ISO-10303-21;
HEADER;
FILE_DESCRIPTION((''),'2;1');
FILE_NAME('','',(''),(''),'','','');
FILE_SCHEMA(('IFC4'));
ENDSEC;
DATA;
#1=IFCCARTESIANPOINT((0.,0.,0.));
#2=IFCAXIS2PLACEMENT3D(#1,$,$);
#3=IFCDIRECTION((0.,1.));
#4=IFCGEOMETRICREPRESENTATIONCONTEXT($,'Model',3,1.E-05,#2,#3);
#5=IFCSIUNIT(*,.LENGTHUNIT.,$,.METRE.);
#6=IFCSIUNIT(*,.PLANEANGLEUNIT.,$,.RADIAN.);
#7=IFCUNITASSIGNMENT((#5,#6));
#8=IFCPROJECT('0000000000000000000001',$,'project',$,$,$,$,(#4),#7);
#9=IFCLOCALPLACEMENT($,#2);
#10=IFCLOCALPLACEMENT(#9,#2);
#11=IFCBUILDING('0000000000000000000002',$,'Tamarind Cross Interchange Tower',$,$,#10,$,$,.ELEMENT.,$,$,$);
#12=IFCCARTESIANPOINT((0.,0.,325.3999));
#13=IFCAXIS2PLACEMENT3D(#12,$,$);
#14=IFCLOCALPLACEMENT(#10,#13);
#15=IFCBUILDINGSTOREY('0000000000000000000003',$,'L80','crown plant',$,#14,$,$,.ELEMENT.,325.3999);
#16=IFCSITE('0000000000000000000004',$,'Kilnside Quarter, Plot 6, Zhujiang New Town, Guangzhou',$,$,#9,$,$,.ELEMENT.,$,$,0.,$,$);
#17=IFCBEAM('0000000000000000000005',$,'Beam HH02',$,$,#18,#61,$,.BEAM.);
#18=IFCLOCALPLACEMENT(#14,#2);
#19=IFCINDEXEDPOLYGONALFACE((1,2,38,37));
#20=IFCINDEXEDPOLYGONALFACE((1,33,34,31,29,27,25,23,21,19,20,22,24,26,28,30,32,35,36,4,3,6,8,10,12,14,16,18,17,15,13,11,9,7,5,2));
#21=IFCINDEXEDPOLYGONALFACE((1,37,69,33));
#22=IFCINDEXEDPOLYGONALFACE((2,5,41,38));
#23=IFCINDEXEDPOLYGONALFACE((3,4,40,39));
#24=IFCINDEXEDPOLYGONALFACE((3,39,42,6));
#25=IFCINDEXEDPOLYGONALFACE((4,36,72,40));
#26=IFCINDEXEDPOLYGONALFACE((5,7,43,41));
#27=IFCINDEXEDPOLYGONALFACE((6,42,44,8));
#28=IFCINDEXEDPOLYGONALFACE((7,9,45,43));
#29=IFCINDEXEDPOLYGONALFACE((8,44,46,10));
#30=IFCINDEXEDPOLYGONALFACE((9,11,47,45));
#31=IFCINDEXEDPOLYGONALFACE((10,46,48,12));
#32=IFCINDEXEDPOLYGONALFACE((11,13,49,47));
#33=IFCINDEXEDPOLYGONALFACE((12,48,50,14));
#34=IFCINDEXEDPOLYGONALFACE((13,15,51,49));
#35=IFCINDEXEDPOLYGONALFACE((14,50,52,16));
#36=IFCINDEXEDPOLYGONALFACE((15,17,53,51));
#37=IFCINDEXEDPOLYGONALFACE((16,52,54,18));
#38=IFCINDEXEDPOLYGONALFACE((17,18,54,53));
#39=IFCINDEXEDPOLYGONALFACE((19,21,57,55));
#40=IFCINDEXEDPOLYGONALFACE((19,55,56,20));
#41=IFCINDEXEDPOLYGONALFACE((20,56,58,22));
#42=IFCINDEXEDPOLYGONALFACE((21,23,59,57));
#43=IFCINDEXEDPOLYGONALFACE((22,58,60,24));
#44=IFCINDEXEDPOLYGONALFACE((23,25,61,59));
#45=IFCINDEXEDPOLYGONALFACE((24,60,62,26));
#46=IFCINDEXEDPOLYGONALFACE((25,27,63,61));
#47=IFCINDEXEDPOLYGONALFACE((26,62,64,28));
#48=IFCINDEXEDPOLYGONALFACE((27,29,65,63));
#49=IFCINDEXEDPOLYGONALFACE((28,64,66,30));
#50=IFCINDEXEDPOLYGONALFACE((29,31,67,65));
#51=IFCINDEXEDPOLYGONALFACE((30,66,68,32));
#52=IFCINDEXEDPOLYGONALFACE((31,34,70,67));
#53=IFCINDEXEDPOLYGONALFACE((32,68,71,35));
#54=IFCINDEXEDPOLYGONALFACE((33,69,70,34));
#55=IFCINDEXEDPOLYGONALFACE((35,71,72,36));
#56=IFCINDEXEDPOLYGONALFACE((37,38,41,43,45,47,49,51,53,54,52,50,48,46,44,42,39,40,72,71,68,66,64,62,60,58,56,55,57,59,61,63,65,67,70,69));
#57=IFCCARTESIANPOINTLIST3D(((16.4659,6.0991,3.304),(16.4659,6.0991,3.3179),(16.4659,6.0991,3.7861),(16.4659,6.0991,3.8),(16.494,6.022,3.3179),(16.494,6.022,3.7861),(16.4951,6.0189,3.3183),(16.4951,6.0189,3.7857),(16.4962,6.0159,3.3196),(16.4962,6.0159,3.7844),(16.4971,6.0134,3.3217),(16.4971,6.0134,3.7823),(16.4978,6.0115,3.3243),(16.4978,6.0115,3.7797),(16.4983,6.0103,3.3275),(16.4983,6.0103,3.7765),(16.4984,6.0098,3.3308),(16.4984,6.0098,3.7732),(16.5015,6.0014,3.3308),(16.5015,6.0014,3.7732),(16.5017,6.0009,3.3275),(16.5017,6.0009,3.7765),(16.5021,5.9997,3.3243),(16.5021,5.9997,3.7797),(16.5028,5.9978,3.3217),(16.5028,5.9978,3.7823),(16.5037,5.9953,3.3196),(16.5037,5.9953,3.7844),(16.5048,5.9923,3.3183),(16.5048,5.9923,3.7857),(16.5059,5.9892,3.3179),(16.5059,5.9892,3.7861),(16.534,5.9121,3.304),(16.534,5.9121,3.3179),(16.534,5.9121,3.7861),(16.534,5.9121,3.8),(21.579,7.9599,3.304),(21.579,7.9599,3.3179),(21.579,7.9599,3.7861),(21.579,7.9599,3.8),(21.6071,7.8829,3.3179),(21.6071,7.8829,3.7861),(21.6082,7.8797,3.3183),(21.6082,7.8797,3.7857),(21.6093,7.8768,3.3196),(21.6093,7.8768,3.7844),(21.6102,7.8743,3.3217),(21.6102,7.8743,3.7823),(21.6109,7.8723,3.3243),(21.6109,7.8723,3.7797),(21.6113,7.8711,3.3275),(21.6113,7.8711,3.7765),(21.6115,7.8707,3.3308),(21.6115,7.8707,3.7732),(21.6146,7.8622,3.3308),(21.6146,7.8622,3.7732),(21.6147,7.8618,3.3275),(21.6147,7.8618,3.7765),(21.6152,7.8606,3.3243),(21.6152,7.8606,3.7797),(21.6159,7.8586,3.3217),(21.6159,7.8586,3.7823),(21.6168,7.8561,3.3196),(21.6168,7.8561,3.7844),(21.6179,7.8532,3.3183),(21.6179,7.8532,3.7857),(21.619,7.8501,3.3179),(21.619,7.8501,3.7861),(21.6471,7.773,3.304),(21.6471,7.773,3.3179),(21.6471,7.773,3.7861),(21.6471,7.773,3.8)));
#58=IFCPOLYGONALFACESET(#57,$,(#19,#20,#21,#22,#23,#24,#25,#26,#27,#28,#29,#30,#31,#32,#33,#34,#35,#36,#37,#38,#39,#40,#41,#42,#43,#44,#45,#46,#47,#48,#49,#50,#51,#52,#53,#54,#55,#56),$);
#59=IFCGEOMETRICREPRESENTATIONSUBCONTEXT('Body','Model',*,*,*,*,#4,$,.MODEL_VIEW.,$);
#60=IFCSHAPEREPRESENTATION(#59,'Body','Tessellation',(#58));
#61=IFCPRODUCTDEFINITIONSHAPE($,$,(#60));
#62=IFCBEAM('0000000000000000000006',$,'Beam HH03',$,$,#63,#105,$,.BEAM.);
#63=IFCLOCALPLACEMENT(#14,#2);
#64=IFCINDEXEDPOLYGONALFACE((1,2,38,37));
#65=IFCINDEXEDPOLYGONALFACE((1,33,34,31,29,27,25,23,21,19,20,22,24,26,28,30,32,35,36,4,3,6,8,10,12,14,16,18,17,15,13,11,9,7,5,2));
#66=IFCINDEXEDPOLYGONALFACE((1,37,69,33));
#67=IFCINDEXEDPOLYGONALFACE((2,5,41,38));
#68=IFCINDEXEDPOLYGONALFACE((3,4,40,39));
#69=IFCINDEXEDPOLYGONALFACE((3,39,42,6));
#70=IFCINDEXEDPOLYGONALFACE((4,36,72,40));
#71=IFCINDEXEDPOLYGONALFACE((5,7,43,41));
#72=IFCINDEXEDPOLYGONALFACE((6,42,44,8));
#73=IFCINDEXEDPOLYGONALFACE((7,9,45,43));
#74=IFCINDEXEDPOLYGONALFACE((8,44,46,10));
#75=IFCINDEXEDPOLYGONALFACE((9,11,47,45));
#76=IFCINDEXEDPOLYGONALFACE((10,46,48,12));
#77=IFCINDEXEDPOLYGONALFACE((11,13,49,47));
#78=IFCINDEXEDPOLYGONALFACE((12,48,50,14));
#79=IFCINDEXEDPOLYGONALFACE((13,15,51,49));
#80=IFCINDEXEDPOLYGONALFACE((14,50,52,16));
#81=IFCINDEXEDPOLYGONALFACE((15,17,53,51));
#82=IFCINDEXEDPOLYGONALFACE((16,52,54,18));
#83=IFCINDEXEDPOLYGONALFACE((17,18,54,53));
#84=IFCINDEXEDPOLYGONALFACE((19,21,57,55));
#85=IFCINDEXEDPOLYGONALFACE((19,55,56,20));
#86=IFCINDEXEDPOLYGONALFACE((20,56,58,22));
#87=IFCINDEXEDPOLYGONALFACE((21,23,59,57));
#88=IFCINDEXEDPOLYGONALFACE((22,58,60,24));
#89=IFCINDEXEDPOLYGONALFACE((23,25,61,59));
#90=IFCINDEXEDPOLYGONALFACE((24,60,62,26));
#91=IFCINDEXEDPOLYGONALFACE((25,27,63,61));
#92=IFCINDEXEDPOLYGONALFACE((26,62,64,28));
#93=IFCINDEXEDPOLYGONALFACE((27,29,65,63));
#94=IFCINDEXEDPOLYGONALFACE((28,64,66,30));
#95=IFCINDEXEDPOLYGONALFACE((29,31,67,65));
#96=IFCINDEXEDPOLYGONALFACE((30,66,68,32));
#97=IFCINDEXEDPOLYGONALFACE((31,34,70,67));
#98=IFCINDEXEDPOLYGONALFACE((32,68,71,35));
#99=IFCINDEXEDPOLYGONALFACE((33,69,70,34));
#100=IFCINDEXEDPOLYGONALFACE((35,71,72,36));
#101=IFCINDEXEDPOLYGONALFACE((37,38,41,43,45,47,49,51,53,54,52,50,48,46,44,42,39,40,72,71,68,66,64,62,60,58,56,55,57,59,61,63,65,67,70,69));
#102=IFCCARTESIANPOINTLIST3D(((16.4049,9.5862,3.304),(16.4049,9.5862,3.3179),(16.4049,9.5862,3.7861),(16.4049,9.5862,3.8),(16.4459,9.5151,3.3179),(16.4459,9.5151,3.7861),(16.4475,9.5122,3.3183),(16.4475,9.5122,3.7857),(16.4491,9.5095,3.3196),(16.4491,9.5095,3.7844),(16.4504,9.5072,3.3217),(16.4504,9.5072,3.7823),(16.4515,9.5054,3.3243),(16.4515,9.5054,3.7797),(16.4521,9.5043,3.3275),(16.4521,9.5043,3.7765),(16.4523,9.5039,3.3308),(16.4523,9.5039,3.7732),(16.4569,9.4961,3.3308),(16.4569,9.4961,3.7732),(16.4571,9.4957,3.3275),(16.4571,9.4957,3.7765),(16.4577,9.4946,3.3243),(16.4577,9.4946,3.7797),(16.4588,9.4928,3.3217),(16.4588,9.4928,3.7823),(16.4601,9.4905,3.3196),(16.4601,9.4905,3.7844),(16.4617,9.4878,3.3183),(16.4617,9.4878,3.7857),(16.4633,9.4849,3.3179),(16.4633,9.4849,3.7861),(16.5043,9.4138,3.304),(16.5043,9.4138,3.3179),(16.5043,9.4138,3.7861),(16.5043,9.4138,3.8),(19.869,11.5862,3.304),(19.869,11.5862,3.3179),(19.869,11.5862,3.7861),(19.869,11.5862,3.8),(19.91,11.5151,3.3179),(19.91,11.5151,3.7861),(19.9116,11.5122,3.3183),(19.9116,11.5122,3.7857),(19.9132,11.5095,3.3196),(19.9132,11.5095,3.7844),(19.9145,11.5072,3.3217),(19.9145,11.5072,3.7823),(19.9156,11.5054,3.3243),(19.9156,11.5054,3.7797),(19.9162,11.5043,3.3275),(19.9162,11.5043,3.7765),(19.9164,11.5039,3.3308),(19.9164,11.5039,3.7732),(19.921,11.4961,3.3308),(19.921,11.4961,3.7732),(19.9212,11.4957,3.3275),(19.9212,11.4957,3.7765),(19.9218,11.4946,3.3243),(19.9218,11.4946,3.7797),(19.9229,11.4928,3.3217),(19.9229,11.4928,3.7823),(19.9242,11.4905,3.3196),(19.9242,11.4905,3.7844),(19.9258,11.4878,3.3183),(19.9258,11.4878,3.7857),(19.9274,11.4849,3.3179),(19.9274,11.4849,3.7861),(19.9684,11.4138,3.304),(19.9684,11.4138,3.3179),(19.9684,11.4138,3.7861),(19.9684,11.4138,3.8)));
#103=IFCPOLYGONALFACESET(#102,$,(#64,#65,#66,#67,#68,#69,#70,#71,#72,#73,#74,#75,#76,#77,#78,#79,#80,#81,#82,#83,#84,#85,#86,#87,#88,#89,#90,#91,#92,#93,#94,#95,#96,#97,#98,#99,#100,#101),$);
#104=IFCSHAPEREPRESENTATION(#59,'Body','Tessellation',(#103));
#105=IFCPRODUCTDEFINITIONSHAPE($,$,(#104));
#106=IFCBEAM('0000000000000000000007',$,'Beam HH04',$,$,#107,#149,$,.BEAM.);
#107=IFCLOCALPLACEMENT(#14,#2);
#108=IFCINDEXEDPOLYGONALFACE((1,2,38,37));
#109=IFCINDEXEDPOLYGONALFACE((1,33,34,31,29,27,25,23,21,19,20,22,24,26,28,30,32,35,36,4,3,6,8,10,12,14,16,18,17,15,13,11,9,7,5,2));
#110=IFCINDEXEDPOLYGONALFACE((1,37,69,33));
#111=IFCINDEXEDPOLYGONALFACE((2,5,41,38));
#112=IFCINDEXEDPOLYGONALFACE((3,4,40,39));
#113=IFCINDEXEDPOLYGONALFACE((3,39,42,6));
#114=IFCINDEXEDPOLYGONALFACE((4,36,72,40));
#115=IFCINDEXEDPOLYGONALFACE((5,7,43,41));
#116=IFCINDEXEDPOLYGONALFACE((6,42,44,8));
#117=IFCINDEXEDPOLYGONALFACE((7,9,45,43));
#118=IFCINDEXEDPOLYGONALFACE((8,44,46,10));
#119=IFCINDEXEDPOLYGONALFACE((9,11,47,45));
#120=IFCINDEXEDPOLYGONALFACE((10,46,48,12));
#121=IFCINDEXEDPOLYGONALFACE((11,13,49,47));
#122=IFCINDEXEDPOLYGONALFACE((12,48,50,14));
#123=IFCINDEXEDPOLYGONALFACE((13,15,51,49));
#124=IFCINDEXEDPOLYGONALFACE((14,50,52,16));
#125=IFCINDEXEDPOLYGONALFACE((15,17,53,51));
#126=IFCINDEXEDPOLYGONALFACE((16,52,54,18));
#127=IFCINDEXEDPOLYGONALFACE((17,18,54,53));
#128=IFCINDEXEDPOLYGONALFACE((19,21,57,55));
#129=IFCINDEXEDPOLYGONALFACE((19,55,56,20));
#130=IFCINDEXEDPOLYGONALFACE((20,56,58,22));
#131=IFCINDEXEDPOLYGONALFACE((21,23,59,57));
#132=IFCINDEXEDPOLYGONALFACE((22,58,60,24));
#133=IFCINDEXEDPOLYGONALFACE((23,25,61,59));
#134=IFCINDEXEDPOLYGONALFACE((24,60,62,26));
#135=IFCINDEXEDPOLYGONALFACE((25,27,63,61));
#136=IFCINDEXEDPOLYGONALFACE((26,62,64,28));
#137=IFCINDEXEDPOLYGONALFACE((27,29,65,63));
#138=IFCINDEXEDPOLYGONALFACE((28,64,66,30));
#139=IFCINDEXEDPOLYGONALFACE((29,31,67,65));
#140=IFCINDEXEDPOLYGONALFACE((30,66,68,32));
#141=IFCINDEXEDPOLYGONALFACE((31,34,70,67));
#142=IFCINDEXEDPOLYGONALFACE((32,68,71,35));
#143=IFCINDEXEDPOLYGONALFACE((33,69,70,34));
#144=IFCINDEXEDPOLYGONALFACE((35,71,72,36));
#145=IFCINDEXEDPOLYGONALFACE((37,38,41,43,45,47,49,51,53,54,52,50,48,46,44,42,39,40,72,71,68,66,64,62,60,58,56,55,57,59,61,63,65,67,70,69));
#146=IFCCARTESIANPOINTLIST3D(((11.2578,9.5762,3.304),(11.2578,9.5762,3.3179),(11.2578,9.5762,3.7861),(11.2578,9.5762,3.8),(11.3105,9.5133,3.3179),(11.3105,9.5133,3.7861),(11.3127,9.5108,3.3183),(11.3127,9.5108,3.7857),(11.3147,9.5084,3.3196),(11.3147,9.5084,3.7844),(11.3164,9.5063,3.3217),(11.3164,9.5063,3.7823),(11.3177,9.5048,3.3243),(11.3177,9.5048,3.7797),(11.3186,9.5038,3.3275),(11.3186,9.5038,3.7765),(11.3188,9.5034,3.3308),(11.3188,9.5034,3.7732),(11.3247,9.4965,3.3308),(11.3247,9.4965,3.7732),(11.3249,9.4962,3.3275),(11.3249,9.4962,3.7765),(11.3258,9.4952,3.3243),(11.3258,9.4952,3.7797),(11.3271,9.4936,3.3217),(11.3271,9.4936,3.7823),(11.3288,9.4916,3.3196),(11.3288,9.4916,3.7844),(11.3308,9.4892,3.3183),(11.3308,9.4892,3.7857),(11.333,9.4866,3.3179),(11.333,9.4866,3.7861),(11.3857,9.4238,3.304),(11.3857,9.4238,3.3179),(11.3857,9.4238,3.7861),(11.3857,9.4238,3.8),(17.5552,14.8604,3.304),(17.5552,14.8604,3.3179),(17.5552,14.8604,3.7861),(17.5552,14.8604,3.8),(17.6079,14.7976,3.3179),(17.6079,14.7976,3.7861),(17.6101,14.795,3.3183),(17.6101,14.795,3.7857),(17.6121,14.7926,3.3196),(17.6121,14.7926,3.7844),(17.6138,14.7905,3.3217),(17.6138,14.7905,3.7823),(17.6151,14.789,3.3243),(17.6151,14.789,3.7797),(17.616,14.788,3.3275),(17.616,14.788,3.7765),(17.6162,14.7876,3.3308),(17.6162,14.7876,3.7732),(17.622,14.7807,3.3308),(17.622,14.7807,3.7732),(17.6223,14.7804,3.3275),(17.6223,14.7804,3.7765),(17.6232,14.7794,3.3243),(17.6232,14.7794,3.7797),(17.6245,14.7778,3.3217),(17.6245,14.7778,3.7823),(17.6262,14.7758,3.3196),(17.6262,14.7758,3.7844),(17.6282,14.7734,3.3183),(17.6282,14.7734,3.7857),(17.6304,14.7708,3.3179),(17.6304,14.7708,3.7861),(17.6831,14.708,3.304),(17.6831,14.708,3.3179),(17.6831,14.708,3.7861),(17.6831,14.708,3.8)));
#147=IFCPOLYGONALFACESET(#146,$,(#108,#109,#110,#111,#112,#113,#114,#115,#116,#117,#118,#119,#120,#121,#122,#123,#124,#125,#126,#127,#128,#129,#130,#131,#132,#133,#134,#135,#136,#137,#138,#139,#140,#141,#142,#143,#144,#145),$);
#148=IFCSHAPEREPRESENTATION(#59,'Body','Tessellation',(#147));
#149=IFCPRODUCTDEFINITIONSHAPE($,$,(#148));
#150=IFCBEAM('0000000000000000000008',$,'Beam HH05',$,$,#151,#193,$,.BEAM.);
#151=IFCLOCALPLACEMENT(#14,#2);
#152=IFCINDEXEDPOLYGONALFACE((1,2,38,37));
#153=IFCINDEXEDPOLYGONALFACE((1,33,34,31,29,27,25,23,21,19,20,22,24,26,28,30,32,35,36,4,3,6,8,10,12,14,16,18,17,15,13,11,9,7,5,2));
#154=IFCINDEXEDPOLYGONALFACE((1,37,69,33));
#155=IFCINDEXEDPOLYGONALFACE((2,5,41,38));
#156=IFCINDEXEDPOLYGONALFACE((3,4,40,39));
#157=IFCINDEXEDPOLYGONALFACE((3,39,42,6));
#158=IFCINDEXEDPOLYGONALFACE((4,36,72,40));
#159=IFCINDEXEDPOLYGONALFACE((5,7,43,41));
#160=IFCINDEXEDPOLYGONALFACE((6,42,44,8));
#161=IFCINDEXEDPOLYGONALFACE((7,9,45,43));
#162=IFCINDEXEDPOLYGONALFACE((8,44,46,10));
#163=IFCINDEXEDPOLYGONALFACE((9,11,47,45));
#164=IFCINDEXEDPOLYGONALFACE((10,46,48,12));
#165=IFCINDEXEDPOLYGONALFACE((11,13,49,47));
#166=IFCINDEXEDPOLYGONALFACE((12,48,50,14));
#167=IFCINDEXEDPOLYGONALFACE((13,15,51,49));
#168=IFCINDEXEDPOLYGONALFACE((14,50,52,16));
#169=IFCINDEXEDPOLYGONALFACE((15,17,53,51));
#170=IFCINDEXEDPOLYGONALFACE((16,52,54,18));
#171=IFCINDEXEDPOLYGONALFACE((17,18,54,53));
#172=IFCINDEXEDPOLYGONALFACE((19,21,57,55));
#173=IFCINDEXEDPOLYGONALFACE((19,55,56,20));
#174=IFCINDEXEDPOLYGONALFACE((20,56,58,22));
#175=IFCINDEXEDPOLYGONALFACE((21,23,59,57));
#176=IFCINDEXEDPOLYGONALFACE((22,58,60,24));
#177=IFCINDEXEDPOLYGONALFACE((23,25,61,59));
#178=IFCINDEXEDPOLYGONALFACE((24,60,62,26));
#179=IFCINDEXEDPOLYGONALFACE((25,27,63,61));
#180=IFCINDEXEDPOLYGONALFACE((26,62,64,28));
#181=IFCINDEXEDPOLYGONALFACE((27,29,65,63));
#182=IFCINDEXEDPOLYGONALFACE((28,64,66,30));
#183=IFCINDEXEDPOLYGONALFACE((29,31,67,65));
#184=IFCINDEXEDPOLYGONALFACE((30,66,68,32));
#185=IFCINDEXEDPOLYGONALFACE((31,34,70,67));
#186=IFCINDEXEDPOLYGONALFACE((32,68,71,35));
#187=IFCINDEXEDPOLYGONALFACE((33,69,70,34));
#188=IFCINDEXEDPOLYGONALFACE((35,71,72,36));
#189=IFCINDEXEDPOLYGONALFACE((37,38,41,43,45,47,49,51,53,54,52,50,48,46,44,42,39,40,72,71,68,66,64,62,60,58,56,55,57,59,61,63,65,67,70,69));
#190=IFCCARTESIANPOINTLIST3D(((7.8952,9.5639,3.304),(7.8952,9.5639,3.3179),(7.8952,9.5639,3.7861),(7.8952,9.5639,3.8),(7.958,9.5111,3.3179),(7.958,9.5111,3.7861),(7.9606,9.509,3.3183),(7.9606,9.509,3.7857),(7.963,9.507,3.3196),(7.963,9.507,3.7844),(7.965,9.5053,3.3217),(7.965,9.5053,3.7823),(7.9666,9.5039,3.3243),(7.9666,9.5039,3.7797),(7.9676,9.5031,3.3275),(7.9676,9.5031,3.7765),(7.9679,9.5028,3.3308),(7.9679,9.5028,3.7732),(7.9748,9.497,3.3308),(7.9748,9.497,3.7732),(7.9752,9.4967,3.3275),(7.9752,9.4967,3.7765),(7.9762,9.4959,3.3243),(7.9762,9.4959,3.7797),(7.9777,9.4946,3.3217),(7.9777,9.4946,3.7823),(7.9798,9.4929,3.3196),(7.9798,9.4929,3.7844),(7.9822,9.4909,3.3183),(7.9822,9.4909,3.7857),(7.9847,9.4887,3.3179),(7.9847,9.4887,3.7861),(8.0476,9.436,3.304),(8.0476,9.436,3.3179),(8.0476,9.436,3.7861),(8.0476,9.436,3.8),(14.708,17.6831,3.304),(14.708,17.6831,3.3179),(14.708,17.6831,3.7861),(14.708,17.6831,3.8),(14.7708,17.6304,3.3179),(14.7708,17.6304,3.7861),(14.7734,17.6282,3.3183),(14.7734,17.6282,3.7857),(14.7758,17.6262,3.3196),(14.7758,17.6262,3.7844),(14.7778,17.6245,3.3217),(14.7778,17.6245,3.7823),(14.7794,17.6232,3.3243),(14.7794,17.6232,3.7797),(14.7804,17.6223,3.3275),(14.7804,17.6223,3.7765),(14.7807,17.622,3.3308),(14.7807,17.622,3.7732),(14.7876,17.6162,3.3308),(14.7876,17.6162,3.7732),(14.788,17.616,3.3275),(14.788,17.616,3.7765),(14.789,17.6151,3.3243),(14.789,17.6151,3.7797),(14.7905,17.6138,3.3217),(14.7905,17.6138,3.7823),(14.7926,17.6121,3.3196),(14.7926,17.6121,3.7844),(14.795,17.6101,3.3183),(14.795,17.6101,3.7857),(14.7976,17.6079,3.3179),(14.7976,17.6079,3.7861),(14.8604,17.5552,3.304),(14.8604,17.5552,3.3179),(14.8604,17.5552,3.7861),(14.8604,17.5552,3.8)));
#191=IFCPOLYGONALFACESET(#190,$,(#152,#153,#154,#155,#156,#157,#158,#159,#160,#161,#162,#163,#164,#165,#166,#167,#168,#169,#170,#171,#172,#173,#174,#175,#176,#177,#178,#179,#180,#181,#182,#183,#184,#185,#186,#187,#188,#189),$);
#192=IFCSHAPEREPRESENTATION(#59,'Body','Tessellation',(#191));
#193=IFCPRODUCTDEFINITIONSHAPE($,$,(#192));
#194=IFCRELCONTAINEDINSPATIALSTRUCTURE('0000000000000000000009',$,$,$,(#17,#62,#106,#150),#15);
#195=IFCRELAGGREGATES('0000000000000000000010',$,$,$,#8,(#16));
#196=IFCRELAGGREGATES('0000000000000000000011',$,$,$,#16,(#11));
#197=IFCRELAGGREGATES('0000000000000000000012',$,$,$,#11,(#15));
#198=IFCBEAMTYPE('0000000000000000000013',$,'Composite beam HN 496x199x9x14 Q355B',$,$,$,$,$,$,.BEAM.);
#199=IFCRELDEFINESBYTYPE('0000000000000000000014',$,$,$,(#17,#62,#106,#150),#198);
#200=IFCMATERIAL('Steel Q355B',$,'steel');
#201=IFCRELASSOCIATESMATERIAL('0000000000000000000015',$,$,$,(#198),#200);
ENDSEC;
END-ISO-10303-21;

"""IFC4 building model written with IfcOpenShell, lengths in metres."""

from ifc_helpers import new_model, si_unit, direction, frame, origin, origin_2d, place, context, subcontext, project, spatial, i_section, extrude, material, material_profile, profile_set, type_object, element, save


model = new_model("IFC4")

# Units and contexts
model_context = context("Model", 3, precision=1e-05, world=origin(), true_north=direction((0.0, 1.0)))
body_context = subcontext(model_context, "Body", "Model", "MODEL_VIEW")
ifc_project = project(units=[si_unit("LENGTHUNIT", "METRE"), si_unit("PLANEANGLEUNIT", "RADIAN")], contexts=[model_context])

# Site, building, storey
site_placement = place(None, origin())
site = spatial("IfcSite", under=ifc_project, at=site_placement, Name="Kilnside Quarter, Plot 6, Zhujiang New Town, Guangzhou", CompositionType="ELEMENT", RefElevation=0.0)
building_placement = place(site_placement, origin())
building = spatial("IfcBuilding", under=site, at=building_placement, Name="Tamarind Cross Interchange Tower", CompositionType="ELEMENT")
storey_placement = place(building_placement, frame((0.0, 0.0, 325.3999)))
storey = spatial("IfcBuildingStorey", under=building, at=storey_placement, Name="L80", Description="crown plant", CompositionType="ELEMENT", Elevation=325.3999)

# Beams
ifc_material_1 = material(Name="Steel Q355B", Category="steel")
ifc_material_profile_1 = material_profile(ifc_material_1, i_section(OverallWidth=0.199, OverallDepth=0.4961, WebThickness=0.009, FlangeThickness=0.0139, FilletRadius=0.0129, at=origin_2d()), Name="HN 496x199x9x14")
ifc_profile_set_1 = profile_set([ifc_material_profile_1], Name="Steel Q355B")
beam_type_1 = type_object("IfcBeamType", Name="Composite beam HN 496x199x9x14 Q355B", PredefinedType="BEAM", material=ifc_profile_set_1)
beam_1_placement = place(storey_placement, frame((21.613, 7.8665, 3.552), z_axis=(-0.939702, -0.341995, 0.0), x_axis=(0.341995, -0.939702, 0.0)))
element("IfcBeam", 1, at=beam_1_placement, inside=storey, type_object=beam_type_1, Name="Beam HH02", PredefinedType="BEAM", context=body_context, shape_type="SweptSolid", body=[
    extrude(i_section(OverallWidth=0.199, OverallDepth=0.4961, WebThickness=0.009, FlangeThickness=0.0139, FilletRadius=0.0129, at=origin_2d()), origin(), (0.0, 0.0, 1.0), 5.4412),
])
beam_2_placement = place(storey_placement, frame((19.9187, 11.5, 3.552), z_axis=(-0.866026, -0.499999, 0.0), x_axis=(0.499999, -0.866026, 0.0)))
element("IfcBeam", 2, at=beam_2_placement, inside=storey, type_object=beam_type_1, Name="Beam HH03", PredefinedType="BEAM", context=body_context, shape_type="SweptSolid", body=[
    extrude(i_section(OverallWidth=0.199, OverallDepth=0.4961, WebThickness=0.009, FlangeThickness=0.0139, FilletRadius=0.0129, at=origin_2d()), origin(), (0.0, 0.0, 1.0), 4.0),
])
beam_3_placement = place(storey_placement, frame((17.6191, 14.7842, 3.552), z_axis=(-0.766041, -0.642792, 0.0), x_axis=(0.642792, -0.766041, 0.0)))
element("IfcBeam", 3, at=beam_3_placement, inside=storey, type_object=beam_type_1, Name="Beam HH04", PredefinedType="BEAM", context=body_context, shape_type="SweptSolid", body=[
    extrude(i_section(OverallWidth=0.199, OverallDepth=0.4961, WebThickness=0.009, FlangeThickness=0.0139, FilletRadius=0.0129, at=origin_2d()), origin(), (0.0, 0.0, 1.0), 8.2207),
])
beam_4_placement = place(storey_placement, frame((14.7842, 17.6191, 3.552), z_axis=(-0.642786, -0.766046, 0.0), x_axis=(0.766046, -0.642786, 0.0)))
element("IfcBeam", 4, at=beam_4_placement, inside=storey, type_object=beam_type_1, Name="Beam HH05", PredefinedType="BEAM", context=body_context, shape_type="SweptSolid", body=[
    extrude(i_section(OverallWidth=0.199, OverallDepth=0.4961, WebThickness=0.009, FlangeThickness=0.0139, FilletRadius=0.0129, at=origin_2d()), origin(), (0.0, 0.0, 1.0), 10.5989),
])

save(model, "model.ifc")
